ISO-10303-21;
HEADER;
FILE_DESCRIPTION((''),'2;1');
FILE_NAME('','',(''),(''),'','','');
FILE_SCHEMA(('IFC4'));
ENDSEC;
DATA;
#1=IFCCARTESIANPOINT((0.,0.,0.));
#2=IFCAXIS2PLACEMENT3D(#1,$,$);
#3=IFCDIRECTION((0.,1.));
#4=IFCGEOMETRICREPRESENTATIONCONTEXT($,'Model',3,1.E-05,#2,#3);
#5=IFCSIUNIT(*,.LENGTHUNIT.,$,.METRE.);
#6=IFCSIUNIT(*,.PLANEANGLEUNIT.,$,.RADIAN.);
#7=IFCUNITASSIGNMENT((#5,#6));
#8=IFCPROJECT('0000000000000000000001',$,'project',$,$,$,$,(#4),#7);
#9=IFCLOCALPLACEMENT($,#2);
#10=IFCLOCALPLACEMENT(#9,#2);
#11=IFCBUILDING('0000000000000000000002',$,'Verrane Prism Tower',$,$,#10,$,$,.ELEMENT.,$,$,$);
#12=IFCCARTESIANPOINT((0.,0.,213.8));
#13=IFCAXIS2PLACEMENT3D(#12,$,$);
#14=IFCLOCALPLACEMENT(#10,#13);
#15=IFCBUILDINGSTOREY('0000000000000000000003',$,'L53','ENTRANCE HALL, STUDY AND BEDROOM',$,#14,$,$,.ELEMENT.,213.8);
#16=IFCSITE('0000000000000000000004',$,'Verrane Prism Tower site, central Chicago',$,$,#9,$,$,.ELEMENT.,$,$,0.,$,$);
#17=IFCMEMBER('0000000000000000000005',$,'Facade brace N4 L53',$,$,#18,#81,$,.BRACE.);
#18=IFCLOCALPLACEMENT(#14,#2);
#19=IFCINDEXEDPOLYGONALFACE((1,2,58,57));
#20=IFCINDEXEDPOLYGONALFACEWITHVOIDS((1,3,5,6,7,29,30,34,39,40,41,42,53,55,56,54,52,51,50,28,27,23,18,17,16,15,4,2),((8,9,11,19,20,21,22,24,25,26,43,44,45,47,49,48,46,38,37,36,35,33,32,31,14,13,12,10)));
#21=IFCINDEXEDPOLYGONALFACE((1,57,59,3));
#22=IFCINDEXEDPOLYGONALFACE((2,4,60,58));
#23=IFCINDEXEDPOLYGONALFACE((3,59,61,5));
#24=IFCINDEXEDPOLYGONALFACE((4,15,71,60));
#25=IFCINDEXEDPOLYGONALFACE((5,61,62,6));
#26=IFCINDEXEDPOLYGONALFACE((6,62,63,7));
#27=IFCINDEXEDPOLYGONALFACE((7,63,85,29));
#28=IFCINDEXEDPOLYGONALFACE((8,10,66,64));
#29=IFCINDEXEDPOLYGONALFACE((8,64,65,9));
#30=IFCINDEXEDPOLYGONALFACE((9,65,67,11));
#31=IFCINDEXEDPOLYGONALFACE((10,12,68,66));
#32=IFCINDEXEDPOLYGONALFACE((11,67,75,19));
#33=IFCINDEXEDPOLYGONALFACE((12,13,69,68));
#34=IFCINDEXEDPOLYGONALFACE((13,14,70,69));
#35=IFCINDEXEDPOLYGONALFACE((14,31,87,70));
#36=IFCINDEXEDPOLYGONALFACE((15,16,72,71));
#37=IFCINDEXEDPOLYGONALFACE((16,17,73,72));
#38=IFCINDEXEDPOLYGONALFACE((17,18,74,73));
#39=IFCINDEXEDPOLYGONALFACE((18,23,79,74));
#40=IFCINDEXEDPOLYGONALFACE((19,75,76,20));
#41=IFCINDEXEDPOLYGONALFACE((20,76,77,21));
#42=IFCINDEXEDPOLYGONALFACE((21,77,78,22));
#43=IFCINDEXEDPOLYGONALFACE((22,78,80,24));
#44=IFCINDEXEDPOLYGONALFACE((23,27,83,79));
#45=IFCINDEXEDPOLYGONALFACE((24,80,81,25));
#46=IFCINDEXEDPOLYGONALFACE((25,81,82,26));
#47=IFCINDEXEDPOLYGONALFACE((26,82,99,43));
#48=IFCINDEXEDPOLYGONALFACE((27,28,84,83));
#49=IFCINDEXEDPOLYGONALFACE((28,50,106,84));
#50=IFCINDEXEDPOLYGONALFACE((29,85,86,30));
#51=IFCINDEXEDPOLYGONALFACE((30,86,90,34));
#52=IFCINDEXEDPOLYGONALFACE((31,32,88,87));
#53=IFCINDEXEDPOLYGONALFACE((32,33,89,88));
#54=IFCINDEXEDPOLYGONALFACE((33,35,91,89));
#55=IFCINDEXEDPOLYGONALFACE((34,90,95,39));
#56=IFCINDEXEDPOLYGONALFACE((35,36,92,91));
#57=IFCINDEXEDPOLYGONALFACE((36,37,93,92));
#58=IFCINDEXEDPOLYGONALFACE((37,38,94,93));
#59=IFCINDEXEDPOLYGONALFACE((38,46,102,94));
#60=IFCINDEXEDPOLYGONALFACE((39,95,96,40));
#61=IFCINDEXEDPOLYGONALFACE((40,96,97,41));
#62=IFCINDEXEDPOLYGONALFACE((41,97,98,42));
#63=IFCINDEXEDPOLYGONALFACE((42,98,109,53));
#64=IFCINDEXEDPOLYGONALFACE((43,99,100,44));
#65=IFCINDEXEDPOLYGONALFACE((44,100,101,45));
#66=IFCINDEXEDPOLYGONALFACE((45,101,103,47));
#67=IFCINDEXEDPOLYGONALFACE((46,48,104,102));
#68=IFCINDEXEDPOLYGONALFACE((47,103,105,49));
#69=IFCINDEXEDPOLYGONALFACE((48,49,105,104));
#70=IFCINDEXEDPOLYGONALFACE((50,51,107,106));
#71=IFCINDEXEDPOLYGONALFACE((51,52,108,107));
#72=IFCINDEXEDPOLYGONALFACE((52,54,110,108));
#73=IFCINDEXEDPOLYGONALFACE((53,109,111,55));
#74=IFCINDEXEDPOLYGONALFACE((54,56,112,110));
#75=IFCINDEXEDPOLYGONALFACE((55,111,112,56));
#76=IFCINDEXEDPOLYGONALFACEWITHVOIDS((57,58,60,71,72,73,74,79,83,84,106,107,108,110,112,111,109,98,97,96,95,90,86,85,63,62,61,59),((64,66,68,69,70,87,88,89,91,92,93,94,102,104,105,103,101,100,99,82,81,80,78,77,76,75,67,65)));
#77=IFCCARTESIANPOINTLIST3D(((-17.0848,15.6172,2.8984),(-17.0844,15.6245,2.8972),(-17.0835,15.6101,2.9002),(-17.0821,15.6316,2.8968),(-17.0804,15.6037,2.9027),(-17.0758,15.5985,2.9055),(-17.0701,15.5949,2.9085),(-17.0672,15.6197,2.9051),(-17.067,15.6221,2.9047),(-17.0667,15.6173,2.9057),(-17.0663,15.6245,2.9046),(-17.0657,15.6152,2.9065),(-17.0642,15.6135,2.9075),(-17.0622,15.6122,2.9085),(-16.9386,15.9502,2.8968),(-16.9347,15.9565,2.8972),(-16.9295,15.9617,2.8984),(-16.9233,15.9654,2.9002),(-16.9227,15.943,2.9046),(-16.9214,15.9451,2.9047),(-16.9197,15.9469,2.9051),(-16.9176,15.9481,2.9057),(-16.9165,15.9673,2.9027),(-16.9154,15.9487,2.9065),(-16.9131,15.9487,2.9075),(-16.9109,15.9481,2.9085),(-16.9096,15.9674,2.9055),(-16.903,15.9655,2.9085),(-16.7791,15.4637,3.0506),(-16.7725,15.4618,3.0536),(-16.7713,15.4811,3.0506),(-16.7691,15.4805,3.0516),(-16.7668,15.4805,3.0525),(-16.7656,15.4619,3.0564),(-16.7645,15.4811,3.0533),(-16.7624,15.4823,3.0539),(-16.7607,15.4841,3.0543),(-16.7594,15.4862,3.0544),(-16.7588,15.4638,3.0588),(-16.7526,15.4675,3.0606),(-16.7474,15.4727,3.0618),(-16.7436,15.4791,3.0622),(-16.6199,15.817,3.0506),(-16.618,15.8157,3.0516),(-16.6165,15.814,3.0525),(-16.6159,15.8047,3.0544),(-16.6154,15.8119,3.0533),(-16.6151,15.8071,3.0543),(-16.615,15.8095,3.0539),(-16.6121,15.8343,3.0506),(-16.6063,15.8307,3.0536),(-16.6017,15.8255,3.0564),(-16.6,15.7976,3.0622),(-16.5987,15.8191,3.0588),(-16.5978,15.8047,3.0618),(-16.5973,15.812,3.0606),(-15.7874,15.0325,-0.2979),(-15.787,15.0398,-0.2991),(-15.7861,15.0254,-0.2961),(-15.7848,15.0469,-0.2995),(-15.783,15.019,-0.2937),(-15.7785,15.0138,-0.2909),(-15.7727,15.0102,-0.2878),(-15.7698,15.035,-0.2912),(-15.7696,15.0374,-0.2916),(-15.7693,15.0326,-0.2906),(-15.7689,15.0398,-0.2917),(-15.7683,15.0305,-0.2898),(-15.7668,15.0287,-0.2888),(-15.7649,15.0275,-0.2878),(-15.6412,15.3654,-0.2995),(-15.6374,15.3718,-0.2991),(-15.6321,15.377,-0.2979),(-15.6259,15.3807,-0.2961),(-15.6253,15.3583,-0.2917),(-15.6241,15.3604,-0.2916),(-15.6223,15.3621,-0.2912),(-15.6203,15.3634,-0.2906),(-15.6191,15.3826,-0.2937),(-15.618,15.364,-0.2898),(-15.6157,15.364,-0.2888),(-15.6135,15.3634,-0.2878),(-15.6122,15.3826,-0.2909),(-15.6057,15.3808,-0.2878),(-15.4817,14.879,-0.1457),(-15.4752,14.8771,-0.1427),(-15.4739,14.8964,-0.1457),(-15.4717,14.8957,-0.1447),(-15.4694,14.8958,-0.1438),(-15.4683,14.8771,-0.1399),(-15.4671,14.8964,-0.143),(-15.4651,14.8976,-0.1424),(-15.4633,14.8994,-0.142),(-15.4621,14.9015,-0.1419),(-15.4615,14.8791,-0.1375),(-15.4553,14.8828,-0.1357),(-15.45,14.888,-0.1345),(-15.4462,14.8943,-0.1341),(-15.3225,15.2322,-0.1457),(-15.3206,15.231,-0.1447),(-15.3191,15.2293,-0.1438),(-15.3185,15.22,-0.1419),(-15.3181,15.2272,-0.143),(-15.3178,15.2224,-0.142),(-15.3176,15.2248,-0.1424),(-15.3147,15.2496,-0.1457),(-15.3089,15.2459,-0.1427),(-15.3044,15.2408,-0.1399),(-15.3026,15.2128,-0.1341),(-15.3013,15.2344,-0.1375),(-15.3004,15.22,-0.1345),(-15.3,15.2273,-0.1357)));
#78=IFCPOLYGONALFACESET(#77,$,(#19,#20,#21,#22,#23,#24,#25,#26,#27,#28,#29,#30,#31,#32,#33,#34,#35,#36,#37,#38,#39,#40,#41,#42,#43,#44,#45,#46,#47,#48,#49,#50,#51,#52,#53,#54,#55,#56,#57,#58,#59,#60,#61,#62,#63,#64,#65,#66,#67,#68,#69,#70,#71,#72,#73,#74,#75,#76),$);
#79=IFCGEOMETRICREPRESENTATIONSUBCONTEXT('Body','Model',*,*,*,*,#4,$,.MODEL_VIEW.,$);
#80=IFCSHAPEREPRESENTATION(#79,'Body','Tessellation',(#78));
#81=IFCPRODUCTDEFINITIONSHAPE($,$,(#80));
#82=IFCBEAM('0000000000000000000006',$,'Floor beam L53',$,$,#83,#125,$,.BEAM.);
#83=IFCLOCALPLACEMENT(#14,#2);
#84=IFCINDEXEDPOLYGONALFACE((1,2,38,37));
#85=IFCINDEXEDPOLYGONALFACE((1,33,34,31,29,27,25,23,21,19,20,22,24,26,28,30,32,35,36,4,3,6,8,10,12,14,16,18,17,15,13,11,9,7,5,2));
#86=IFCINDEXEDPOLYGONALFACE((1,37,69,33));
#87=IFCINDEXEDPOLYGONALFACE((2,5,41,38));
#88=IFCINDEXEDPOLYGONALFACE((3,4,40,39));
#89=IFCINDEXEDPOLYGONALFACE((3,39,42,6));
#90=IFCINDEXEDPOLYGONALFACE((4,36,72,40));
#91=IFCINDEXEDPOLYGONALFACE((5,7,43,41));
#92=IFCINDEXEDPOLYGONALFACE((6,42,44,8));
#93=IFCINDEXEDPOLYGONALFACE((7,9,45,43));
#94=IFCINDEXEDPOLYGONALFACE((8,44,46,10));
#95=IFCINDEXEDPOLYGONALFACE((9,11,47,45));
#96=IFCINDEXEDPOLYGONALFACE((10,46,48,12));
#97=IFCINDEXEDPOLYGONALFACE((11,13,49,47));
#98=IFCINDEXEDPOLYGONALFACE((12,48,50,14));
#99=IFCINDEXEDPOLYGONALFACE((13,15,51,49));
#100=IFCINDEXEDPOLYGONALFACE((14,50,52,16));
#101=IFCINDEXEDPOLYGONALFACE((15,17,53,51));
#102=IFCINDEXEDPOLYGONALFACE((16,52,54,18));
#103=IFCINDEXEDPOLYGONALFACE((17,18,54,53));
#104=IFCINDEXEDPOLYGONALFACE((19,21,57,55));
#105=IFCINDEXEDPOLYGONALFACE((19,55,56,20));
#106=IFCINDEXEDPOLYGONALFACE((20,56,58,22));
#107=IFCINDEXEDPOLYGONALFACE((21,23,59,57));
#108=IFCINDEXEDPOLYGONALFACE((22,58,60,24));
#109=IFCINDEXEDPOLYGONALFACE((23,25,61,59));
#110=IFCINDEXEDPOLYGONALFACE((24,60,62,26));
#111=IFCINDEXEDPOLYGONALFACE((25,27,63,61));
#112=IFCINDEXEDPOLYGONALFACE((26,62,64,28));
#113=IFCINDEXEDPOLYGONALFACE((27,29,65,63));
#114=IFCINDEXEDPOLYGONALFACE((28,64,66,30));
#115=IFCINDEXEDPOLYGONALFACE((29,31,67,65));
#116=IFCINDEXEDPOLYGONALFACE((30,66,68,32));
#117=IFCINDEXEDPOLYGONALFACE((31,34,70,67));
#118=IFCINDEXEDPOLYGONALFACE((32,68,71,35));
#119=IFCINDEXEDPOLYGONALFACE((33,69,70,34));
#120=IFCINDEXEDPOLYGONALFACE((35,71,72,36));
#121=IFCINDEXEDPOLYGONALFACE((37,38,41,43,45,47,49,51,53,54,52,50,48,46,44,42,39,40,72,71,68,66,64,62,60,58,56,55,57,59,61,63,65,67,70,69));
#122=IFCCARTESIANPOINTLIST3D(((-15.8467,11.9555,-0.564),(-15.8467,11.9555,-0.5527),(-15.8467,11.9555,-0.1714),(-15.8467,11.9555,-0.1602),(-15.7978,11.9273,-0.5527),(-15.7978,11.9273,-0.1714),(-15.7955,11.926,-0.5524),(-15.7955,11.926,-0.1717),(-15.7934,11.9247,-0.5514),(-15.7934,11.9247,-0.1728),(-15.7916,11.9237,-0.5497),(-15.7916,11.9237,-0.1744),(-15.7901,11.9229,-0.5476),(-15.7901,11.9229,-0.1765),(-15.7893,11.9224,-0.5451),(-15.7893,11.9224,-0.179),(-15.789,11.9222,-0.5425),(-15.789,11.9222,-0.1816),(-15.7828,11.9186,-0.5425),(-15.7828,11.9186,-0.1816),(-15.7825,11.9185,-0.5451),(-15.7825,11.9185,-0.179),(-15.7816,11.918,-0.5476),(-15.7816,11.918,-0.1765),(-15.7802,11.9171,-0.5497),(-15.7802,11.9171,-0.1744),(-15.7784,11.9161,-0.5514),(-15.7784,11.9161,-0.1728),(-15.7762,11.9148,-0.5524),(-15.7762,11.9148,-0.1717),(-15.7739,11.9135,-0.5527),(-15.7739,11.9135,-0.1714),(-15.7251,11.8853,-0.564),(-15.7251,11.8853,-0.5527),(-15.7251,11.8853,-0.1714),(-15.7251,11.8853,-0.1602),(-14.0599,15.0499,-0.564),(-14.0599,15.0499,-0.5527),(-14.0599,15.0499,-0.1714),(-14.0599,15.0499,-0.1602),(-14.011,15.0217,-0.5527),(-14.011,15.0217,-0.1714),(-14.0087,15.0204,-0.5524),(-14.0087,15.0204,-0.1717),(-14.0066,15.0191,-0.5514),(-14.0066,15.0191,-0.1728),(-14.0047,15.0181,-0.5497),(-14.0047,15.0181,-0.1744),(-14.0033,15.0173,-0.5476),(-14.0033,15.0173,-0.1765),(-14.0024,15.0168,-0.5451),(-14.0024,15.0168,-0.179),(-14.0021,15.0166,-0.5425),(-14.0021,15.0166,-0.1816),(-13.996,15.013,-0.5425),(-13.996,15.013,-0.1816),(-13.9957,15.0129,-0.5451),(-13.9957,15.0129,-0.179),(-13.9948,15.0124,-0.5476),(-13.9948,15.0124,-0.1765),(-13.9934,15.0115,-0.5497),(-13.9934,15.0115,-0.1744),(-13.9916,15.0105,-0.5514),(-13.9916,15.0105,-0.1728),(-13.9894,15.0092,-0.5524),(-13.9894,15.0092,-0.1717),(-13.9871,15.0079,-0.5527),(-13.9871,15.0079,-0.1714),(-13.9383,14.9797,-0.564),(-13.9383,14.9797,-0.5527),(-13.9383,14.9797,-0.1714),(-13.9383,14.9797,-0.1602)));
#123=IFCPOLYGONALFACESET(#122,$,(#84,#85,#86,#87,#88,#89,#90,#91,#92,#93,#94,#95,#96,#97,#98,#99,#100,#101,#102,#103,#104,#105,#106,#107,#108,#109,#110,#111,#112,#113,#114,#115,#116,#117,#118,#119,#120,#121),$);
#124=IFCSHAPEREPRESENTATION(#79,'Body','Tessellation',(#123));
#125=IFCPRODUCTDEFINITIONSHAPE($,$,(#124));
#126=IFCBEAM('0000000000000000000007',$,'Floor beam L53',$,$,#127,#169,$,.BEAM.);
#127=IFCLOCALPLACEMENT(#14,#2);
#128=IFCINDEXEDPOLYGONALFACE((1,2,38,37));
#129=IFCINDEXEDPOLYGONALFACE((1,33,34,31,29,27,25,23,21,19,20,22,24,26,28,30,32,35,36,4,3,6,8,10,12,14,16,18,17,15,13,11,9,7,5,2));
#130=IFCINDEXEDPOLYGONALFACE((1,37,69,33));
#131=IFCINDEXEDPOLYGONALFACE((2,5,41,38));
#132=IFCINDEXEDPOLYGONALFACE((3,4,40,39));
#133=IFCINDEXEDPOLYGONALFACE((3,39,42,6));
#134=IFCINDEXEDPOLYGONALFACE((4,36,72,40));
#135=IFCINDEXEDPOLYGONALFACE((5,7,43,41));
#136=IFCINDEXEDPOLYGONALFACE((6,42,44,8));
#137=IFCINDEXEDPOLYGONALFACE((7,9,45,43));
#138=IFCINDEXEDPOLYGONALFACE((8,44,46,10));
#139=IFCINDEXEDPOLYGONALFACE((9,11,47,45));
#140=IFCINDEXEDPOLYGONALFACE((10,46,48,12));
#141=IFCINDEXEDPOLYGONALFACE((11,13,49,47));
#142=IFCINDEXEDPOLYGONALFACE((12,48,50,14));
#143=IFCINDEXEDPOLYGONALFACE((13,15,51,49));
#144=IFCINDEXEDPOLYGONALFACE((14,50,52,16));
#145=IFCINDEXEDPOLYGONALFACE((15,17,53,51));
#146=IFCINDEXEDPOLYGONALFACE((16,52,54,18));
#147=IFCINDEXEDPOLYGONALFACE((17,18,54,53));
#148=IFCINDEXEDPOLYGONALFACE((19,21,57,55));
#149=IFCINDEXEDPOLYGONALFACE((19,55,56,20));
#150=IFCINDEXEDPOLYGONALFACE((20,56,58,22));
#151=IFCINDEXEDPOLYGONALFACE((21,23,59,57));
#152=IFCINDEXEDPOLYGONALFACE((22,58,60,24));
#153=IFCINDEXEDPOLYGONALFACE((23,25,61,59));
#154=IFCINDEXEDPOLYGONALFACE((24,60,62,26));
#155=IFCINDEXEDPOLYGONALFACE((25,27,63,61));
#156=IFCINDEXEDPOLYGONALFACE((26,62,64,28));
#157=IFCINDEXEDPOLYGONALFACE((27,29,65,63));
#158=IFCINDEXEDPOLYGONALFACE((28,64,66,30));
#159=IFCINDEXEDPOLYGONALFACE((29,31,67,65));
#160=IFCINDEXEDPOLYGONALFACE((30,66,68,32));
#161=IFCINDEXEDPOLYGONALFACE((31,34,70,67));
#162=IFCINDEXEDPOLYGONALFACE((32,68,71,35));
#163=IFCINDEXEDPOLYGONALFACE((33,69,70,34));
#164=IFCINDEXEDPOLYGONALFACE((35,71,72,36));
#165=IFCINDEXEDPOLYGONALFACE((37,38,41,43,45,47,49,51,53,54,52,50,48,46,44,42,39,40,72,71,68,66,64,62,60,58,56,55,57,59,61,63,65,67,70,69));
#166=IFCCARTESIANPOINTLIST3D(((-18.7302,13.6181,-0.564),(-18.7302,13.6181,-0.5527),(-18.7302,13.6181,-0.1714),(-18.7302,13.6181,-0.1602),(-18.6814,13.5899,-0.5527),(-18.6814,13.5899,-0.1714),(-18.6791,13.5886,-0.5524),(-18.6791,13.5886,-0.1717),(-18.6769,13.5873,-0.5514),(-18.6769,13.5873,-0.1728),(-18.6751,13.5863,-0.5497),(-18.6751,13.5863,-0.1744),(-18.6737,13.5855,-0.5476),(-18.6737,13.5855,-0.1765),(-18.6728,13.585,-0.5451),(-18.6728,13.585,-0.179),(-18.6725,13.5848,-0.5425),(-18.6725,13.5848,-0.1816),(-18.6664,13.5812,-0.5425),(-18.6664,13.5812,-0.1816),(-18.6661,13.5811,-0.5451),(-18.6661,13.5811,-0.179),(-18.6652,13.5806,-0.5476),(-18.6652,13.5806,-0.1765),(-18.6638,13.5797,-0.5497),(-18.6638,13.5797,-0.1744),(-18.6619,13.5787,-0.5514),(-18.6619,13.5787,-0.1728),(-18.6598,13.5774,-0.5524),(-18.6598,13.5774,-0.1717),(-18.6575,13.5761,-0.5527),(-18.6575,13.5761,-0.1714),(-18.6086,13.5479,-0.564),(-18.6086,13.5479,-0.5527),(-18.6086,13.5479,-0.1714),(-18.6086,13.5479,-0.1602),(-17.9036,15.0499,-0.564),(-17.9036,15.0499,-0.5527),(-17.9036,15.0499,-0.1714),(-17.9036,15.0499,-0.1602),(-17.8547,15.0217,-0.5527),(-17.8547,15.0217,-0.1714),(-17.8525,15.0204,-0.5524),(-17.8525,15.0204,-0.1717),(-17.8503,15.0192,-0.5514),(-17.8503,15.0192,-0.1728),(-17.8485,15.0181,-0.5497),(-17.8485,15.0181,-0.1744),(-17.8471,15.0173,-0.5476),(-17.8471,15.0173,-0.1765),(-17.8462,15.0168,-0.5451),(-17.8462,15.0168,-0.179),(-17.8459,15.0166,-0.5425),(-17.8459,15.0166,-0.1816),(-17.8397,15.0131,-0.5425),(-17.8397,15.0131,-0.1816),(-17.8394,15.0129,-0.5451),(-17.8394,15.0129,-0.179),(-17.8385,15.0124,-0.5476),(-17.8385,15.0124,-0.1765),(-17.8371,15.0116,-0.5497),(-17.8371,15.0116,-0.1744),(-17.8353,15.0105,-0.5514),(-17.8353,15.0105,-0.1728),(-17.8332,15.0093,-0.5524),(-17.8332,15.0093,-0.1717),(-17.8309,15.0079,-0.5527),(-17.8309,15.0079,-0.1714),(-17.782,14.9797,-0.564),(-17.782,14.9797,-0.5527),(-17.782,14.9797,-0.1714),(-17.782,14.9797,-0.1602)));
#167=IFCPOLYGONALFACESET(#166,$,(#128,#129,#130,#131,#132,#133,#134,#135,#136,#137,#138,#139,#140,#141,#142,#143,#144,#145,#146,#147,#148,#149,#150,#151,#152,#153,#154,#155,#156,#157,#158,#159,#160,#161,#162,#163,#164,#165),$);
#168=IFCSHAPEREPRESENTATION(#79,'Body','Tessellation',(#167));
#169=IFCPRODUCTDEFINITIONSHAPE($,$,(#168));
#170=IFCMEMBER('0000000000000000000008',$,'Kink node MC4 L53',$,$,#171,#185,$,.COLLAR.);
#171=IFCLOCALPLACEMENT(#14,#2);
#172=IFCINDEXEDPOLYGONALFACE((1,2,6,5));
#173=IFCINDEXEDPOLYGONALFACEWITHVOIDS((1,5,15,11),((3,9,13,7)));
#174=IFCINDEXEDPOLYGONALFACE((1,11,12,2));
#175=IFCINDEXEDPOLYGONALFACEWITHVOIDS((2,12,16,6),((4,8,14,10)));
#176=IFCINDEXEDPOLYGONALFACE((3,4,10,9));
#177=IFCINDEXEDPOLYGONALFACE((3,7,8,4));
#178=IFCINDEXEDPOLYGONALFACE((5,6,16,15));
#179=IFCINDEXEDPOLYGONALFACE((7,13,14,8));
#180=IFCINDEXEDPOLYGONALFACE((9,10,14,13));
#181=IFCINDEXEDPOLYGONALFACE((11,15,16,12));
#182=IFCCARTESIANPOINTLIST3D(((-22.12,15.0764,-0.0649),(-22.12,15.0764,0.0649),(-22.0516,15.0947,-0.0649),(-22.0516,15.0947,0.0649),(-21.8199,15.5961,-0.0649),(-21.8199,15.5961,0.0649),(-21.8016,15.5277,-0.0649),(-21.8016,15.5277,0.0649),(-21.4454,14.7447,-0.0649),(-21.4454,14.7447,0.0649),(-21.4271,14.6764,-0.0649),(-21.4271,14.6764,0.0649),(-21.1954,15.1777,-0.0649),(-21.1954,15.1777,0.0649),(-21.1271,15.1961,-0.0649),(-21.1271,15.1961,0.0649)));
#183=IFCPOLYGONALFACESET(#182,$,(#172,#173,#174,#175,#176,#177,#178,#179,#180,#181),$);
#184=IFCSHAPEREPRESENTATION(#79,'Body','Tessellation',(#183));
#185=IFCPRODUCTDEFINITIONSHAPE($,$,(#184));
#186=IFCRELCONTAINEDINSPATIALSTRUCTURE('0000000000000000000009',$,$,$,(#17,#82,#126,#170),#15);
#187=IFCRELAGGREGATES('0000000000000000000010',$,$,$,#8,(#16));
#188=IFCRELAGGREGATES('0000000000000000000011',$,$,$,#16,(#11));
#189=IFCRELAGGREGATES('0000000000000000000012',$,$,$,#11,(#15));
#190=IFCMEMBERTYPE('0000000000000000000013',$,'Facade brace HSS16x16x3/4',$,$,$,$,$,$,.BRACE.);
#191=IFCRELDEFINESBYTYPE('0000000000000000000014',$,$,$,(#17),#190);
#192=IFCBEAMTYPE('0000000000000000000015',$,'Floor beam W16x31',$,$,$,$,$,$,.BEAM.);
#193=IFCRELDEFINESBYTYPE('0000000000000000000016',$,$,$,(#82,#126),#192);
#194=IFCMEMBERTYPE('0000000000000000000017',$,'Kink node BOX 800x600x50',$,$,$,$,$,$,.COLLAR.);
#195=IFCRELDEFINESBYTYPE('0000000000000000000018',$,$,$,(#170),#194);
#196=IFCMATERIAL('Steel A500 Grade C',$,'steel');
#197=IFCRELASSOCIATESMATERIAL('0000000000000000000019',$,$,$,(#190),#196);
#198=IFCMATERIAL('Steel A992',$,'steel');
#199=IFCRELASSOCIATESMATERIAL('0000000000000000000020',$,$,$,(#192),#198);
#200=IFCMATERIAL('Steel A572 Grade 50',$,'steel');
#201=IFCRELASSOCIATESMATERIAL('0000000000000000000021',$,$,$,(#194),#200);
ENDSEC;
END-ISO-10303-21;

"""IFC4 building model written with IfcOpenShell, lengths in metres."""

from ifc_helpers import new_model, si_unit, direction, frame, origin, origin_2d, place, context, subcontext, project, spatial, hollow_rectangle, i_section, extrude, material, material_profile, profile_set, type_object, element, save


model = new_model("IFC4")

# Units and contexts
model_context = context("Model", 3, precision=1e-05, world=origin(), true_north=direction((0.0, 1.0)))
body_context = subcontext(model_context, "Body", "Model", "MODEL_VIEW")
ifc_project = project(units=[si_unit("LENGTHUNIT", "METRE"), si_unit("PLANEANGLEUNIT", "RADIAN")], contexts=[model_context])

# Site, building, storey
site_placement = place(None, origin())
site = spatial("IfcSite", under=ifc_project, at=site_placement, Name="Verrane Prism Tower site, central Chicago", CompositionType="ELEMENT", RefElevation=0.0)
building_placement = place(site_placement, origin())
building = spatial("IfcBuilding", under=site, at=building_placement, Name="Verrane Prism Tower", CompositionType="ELEMENT")
storey_placement = place(building_placement, frame((0.0, 0.0, 213.8)))
storey = spatial("IfcBuildingStorey", under=building, at=storey_placement, Name="L53", Description="ENTRANCE HALL, STUDY AND BEDROOM", CompositionType="ELEMENT", Elevation=213.8)

# Member
ifc_material_1 = material(Name="Steel A500 Grade C", Category="steel")
ifc_material_profile_1 = material_profile(ifc_material_1, hollow_rectangle(XDim=0.4065, YDim=0.4065, WallThickness=0.019, InnerFilletRadius=0.0095, OuterFilletRadius=0.0286, at=origin_2d()), Name="HSS16x16x3/4")
ifc_profile_set_1 = profile_set([ifc_material_profile_1], Name="Steel A500 Grade C")
member_type_1 = type_object("IfcMemberType", Name="Facade brace HSS16x16x3/4", PredefinedType="BRACE", material=ifc_profile_set_1)
member_1_placement = place(storey_placement, frame((-15.5437, 15.1299, -0.2168), z_axis=(-0.370807, 0.167121, 0.91355), x_axis=(-0.410892, -0.911684, 0.0)))
element("IfcMember", 1, at=member_1_placement, inside=storey, type_object=member_type_1, Name="Facade brace N4 L53", PredefinedType="BRACE", context=body_context, shape_type="SweptSolid", body=[
    extrude(hollow_rectangle(XDim=0.4065, YDim=0.4065, WallThickness=0.019, InnerFilletRadius=0.0095, OuterFilletRadius=0.0286, at=origin_2d()), origin(), (0.0, 0.0, 1.0), 3.4988),
])

# Beams
ifc_material_2 = material(Name="Steel A992", Category="steel")
ifc_material_profile_2 = material_profile(ifc_material_2, i_section(OverallWidth=0.1404, OverallDepth=0.4038, WebThickness=0.0071, FlangeThickness=0.0112, FilletRadius=0.0103, at=origin_2d()), Name="W16x31")
ifc_profile_set_2 = profile_set([ifc_material_profile_2], Name="Steel A992")
beam_type_1 = type_object("IfcBeamType", Name="Floor beam W16x31", PredefinedType="BEAM", material=ifc_profile_set_2)
beam_1_placement = place(storey_placement, frame((-15.7859, 11.9204, -0.3621), z_axis=(0.500056, 0.865993, 0.0), x_axis=(-0.865993, 0.500056, 0.0)))
element("IfcBeam", 2, at=beam_1_placement, inside=storey, type_object=beam_type_1, Name="Floor beam L53", PredefinedType="BEAM", context=body_context, shape_type="SweptSolid", body=[
    extrude(i_section(OverallWidth=0.1404, OverallDepth=0.4038, WebThickness=0.0071, FlangeThickness=0.0112, FilletRadius=0.0103, at=origin_2d()), origin(), (0.0, 0.0, 1.0), 3.5732),
])
beam_2_placement = place(storey_placement, frame((-18.6694, 13.583, -0.3621), z_axis=(0.499982, 0.866036, 0.0), x_axis=(-0.866036, 0.499982, 0.0)))
element("IfcBeam", 3, at=beam_2_placement, inside=storey, type_object=beam_type_1, Name="Floor beam L53", PredefinedType="BEAM", context=body_context, shape_type="SweptSolid", body=[
    extrude(i_section(OverallWidth=0.1404, OverallDepth=0.4038, WebThickness=0.0071, FlangeThickness=0.0112, FilletRadius=0.0103, at=origin_2d()), origin(), (0.0, 0.0, 1.0), 1.6533),
])

# Member
ifc_material_3 = material(Name="Steel A572 Grade 50", Category="steel")
ifc_material_profile_3 = material_profile(ifc_material_3, hollow_rectangle(XDim=0.6001, YDim=0.8, WallThickness=0.05, at=origin_2d()), Name="BOX 800x600x50")
ifc_profile_set_3 = profile_set([ifc_material_profile_3], Name="Steel A572 Grade 50")
member_type_2 = type_object("IfcMemberType", Name="Kink node BOX 800x600x50", PredefinedType="COLLAR", material=ifc_profile_set_3)
member_2_placement = place(storey_placement, frame((-21.6235, 15.1362, -0.0649), z_axis=(0.0, 0.0, 1.0), x_axis=(0.5, 0.866025, 0.0)))
element("IfcMember", 4, at=member_2_placement, inside=storey, type_object=member_type_2, Name="Kink node MC4 L53", PredefinedType="COLLAR", context=body_context, shape_type="SweptSolid", body=[
    extrude(hollow_rectangle(XDim=0.6001, YDim=0.8, WallThickness=0.05, at=origin_2d()), origin(), (0.0, 0.0, 1.0), 0.1299),
])

save(model, "model.ifc")
